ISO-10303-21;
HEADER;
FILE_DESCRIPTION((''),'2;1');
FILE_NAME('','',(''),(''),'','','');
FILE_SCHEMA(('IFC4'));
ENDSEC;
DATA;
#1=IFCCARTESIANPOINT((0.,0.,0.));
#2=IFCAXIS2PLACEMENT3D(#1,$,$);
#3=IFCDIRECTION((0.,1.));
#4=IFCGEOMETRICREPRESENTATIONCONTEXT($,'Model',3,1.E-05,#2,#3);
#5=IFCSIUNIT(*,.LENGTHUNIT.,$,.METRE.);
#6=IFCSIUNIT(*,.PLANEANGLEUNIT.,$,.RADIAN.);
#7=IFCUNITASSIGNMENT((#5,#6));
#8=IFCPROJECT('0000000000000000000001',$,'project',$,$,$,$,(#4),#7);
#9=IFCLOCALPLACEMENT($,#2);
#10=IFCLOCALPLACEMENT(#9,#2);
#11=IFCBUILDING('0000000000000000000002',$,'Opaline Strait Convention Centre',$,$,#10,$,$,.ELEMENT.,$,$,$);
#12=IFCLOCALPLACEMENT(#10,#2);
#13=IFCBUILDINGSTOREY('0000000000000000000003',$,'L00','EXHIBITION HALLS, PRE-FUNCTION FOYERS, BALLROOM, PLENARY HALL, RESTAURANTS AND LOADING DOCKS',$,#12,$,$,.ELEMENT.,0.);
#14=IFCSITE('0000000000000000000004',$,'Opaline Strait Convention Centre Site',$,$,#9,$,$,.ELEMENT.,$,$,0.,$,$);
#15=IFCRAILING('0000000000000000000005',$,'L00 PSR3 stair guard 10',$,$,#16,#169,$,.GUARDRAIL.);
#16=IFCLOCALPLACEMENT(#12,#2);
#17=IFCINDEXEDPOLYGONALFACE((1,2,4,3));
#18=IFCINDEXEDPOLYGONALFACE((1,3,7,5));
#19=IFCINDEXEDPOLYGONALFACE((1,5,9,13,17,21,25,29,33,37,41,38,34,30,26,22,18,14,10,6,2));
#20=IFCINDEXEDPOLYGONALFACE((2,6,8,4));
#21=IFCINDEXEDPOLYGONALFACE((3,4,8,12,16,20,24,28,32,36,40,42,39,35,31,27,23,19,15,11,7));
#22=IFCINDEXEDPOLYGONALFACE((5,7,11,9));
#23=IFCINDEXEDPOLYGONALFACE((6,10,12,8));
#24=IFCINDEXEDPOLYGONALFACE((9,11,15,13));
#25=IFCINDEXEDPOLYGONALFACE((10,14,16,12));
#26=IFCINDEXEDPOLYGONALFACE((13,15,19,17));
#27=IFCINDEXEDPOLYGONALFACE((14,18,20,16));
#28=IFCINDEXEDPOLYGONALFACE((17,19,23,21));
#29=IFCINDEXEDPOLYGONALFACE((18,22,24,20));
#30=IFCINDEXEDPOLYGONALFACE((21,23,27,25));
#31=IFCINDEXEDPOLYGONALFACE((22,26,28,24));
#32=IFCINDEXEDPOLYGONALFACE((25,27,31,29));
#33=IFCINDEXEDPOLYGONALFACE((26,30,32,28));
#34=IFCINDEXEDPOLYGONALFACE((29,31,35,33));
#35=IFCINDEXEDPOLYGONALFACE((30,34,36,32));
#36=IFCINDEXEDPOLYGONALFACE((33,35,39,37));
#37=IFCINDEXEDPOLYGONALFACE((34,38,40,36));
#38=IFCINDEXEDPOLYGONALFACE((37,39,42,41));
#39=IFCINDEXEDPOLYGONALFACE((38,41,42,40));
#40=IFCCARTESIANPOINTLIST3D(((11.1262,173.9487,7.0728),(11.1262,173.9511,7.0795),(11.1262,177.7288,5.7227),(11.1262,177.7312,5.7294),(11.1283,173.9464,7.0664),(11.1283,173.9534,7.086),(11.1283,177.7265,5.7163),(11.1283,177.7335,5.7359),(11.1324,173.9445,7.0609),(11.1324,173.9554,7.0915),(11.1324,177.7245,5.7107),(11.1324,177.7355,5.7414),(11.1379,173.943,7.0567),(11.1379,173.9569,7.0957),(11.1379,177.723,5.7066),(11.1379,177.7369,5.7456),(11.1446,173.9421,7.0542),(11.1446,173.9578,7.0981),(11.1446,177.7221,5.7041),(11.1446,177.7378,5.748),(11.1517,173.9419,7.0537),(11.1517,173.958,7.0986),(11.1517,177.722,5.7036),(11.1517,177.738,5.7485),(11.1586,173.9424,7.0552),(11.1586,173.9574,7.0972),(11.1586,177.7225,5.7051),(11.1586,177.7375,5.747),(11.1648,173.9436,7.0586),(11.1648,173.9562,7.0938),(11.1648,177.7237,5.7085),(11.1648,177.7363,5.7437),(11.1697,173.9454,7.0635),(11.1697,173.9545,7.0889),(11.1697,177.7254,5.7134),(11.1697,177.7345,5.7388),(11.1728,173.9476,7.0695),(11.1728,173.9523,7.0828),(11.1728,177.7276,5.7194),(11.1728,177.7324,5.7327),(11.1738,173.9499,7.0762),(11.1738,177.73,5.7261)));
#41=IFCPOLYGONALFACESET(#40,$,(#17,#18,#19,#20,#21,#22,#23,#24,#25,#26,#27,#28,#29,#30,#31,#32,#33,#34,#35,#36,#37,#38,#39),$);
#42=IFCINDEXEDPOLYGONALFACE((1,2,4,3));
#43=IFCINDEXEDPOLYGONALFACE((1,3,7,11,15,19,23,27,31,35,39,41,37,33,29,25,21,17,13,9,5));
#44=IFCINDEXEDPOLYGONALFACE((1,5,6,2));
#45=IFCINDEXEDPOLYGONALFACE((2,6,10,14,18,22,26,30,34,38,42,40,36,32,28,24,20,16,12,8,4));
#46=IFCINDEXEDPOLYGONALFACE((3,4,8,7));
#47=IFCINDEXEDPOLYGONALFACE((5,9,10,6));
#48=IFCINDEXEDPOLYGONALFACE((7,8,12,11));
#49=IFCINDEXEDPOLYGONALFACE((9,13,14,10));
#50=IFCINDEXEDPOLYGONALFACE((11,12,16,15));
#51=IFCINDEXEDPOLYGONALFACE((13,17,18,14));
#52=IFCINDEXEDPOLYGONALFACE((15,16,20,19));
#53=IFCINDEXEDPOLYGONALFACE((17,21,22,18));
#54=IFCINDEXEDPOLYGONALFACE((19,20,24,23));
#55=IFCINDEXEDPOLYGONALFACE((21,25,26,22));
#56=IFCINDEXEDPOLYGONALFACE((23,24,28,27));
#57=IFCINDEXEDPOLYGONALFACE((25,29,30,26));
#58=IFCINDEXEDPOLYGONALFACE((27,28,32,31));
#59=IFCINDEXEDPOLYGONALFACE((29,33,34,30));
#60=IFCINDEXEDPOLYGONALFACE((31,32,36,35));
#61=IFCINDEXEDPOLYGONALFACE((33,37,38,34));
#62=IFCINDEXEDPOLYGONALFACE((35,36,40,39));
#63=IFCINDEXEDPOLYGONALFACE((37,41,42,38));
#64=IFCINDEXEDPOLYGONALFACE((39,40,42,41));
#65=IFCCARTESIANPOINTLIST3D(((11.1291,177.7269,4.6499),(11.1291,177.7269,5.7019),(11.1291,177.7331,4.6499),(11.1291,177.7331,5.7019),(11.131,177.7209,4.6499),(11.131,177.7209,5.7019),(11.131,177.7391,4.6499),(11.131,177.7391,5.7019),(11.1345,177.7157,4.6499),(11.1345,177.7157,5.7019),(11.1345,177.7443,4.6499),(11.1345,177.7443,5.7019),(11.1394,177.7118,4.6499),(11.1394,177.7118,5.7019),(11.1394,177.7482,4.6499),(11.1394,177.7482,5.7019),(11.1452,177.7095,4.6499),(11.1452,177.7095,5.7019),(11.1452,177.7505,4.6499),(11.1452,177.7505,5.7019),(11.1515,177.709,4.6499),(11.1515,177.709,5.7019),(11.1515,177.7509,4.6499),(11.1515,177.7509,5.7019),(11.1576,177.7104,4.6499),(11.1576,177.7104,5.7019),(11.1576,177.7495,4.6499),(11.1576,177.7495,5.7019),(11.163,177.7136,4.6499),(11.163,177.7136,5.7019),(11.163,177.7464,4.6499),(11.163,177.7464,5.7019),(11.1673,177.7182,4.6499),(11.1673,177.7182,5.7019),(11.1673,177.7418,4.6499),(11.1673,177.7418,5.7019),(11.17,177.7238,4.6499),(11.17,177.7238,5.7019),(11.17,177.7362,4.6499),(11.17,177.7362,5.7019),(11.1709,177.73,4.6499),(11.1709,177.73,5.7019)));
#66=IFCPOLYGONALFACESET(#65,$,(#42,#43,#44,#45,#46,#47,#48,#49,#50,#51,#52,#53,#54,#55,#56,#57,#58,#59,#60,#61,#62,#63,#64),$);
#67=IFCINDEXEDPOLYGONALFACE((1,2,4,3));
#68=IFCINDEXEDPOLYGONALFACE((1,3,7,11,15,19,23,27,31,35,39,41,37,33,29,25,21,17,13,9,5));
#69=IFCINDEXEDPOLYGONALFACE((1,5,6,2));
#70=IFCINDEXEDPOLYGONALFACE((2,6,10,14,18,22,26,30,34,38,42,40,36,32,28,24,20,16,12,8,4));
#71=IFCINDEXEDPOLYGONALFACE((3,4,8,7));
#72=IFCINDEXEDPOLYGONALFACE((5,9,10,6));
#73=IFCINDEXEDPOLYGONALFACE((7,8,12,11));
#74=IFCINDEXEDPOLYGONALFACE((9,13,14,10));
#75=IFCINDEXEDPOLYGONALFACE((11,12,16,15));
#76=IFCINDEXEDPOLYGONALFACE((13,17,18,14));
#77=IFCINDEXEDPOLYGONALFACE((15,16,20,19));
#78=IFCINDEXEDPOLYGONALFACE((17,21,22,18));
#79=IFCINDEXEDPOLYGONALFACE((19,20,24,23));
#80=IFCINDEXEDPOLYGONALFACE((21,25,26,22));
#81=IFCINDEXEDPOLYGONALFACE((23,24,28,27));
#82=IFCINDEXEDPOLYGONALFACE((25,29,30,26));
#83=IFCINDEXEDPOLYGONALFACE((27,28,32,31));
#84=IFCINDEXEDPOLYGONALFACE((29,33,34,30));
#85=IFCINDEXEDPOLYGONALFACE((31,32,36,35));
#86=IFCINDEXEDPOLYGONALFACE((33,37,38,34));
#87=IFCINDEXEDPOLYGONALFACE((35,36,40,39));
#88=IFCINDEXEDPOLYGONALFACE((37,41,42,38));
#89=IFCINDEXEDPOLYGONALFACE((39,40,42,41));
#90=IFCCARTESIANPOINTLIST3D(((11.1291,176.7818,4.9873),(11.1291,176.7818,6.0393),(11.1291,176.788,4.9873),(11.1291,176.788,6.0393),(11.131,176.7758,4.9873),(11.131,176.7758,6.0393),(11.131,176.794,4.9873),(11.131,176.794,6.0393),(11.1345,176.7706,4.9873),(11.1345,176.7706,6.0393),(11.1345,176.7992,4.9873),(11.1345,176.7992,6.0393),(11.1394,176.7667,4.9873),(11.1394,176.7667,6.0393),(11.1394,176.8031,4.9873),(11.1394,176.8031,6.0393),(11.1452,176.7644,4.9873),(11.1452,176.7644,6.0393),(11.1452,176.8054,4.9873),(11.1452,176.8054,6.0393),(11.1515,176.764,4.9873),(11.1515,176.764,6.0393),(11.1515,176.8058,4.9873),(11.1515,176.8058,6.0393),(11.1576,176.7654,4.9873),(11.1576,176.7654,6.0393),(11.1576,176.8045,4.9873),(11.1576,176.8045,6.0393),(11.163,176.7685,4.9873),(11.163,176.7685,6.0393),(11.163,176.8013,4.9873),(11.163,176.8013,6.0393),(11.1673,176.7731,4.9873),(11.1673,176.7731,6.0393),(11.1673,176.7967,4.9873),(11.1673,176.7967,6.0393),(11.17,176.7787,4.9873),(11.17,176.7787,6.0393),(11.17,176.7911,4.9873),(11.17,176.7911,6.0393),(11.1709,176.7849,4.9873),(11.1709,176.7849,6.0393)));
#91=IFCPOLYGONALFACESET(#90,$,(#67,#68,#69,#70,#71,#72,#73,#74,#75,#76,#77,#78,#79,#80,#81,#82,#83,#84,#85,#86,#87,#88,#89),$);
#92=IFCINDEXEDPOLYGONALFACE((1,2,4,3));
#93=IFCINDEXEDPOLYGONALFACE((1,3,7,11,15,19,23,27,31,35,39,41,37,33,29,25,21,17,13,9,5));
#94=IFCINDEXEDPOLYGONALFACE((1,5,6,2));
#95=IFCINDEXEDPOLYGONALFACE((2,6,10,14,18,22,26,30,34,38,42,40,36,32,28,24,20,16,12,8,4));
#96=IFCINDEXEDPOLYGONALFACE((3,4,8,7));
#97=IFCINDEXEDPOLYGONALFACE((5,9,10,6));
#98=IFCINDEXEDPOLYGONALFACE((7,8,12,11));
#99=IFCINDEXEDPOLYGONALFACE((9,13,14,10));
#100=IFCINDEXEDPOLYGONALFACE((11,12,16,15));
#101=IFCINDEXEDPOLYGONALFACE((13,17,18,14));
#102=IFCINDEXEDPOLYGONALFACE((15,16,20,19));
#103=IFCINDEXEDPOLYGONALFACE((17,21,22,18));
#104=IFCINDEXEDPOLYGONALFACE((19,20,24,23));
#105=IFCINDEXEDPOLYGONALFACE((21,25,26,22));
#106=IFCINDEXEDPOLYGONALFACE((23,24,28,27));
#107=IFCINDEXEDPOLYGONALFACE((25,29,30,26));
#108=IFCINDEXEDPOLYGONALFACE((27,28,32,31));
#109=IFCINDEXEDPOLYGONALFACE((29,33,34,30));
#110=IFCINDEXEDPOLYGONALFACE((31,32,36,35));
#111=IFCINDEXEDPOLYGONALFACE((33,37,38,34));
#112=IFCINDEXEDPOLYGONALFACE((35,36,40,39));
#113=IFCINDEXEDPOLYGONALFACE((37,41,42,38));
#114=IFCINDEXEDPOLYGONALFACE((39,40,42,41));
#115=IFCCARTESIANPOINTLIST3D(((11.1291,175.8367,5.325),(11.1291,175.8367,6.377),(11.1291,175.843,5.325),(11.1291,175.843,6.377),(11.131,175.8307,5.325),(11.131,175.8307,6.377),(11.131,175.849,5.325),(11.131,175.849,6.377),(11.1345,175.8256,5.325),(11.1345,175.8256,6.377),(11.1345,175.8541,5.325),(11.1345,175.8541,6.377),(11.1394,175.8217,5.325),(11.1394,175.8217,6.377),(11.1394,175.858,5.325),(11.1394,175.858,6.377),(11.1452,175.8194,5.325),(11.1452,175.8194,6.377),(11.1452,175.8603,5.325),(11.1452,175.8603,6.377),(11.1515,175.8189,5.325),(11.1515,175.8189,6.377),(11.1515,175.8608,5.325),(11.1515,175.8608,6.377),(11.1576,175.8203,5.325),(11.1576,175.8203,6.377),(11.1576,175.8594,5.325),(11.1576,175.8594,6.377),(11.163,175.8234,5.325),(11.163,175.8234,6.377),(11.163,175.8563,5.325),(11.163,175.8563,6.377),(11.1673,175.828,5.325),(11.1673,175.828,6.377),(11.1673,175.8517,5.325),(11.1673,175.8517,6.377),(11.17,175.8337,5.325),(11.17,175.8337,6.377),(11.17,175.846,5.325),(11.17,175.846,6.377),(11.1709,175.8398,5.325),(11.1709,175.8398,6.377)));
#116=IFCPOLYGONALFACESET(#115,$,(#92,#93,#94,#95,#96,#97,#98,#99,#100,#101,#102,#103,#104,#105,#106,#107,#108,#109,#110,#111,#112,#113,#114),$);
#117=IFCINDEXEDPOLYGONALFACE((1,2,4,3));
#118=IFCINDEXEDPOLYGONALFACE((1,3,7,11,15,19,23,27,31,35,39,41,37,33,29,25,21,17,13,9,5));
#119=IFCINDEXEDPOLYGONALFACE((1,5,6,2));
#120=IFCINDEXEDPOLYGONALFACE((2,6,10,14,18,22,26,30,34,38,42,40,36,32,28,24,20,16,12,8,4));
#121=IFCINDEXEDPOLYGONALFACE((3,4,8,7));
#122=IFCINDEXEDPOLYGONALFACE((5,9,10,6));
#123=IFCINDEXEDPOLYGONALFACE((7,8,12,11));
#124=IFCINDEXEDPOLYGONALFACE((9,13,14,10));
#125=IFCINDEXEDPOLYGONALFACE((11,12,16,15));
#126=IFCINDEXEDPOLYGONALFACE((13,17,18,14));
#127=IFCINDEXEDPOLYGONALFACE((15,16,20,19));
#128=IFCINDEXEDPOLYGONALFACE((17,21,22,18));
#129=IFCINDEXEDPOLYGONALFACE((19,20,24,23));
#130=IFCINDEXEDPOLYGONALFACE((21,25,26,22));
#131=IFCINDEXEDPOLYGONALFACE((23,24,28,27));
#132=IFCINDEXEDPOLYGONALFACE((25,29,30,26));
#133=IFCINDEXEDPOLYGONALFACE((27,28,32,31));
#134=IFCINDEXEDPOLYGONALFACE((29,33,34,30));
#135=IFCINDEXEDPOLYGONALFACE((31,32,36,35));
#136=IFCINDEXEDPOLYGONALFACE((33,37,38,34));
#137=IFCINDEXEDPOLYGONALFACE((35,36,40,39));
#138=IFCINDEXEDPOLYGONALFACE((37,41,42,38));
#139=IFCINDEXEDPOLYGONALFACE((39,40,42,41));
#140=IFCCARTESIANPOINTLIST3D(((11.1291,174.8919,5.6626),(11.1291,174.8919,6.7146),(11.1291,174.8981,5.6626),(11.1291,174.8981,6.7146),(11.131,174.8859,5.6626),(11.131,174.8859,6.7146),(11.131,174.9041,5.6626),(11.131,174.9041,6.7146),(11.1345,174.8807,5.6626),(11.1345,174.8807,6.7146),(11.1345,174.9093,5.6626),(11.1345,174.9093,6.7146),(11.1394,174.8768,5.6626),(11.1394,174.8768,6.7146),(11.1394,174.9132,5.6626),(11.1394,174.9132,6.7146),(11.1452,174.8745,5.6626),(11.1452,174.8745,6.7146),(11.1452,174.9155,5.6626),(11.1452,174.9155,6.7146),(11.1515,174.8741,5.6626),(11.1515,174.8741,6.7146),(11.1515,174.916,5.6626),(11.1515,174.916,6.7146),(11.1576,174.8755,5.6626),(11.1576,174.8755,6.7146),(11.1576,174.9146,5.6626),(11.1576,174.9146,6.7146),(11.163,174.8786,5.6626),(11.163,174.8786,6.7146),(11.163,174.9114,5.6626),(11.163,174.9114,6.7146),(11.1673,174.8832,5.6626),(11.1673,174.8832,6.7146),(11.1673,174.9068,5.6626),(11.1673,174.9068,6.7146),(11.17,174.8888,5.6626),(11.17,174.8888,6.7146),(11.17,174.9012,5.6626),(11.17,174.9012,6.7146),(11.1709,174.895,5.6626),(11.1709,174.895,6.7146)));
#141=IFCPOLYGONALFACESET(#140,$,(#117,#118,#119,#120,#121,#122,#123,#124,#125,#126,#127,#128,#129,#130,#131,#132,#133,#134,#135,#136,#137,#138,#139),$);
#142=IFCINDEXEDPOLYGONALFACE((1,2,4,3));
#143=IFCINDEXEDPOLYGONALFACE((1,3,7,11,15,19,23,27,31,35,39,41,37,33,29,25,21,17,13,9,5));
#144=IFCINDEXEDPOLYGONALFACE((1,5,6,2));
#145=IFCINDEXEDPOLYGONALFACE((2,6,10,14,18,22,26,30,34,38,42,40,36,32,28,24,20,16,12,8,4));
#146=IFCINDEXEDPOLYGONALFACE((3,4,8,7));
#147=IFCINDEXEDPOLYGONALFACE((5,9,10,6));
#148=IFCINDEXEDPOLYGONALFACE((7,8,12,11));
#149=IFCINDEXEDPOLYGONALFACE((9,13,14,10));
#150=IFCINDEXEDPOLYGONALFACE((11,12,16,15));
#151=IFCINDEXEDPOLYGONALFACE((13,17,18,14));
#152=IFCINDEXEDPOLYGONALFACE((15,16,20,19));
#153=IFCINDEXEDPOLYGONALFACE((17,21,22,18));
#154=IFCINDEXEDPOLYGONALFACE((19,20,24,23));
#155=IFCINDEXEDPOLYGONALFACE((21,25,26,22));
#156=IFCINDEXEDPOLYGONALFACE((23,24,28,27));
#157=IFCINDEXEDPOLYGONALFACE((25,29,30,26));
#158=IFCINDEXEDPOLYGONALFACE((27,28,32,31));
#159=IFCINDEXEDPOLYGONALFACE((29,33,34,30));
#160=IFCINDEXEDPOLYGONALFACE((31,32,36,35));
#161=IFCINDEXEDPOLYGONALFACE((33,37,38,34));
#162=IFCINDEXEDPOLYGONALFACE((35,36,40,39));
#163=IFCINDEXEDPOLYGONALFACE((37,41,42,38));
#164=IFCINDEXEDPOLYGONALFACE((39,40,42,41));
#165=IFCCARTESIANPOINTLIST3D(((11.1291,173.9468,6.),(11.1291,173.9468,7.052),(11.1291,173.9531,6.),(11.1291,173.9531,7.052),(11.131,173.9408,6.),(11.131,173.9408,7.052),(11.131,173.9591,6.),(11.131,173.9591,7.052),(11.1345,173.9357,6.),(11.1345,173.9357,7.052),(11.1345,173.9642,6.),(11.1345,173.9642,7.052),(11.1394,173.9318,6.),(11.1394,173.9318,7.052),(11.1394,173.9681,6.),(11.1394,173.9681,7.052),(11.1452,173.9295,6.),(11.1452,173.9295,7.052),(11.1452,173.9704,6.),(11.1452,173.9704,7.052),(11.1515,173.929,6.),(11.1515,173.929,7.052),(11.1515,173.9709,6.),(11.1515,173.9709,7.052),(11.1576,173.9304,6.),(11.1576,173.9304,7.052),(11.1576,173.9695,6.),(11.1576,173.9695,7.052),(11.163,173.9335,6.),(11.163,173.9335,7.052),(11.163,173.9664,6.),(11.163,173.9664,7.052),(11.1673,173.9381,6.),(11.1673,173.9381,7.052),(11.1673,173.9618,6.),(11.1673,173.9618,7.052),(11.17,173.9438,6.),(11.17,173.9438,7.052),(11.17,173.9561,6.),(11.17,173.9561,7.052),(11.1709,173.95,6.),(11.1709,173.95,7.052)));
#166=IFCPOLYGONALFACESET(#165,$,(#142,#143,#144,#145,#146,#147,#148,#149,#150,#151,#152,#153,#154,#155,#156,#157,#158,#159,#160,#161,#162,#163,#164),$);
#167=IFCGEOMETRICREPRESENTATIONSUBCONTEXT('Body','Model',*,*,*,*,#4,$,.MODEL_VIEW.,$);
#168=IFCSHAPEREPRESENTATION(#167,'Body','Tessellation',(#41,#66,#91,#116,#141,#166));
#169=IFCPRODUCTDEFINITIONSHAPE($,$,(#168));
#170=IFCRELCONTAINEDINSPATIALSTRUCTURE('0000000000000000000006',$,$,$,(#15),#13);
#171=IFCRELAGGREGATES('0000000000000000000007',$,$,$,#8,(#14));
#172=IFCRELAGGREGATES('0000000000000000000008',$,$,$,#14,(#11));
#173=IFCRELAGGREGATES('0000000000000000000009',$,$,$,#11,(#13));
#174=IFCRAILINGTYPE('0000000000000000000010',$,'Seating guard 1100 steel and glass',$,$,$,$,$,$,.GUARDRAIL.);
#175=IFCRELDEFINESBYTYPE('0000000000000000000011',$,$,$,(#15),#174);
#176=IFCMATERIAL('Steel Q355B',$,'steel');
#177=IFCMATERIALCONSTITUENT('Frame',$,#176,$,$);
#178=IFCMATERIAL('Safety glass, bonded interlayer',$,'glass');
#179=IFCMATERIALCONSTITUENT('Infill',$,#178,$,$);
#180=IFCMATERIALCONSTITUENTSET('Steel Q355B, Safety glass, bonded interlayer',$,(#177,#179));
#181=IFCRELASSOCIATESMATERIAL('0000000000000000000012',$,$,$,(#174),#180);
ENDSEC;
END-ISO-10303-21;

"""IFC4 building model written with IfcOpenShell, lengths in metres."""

from ifc_helpers import new_model, si_unit, direction, frame, origin, origin_2d, place, context, subcontext, project, spatial, circle, extrude, material, constituent, constituent_set, type_object, element, save


model = new_model("IFC4")

# Units and contexts
model_context = context("Model", 3, precision=1e-05, world=origin(), true_north=direction((0.0, 1.0)))
body_context = subcontext(model_context, "Body", "Model", "MODEL_VIEW")
ifc_project = project(units=[si_unit("LENGTHUNIT", "METRE"), si_unit("PLANEANGLEUNIT", "RADIAN")], contexts=[model_context])

# Site, building, storey
site_placement = place(None, origin())
site = spatial("IfcSite", under=ifc_project, at=site_placement, Name="Opaline Strait Convention Centre Site", CompositionType="ELEMENT", RefElevation=0.0)
building_placement = place(site_placement, origin())
building = spatial("IfcBuilding", under=site, at=building_placement, Name="Opaline Strait Convention Centre", CompositionType="ELEMENT")
storey_placement = place(building_placement, origin())
storey = spatial("IfcBuildingStorey", under=building, at=storey_placement, Name="L00", Description="EXHIBITION HALLS, PRE-FUNCTION FOYERS, BALLROOM, PLENARY HALL, RESTAURANTS AND LOADING DOCKS", CompositionType="ELEMENT", Elevation=0.0)

# Railing
ifc_material_1 = material(Name="Steel Q355B", Category="steel")
ifc_constituent_1 = constituent(ifc_material_1, Name="Frame")
ifc_material_2 = material(Name="Safety glass, bonded interlayer", Category="glass")
ifc_constituent_2 = constituent(ifc_material_2, Name="Infill")
ifc_constituent_set = constituent_set(constituents=[ifc_constituent_1, ifc_constituent_2], Name="Steel Q355B, Safety glass, bonded interlayer")
railing_type_1 = type_object("IfcRailingType", Name="Seating guard 1100 steel and glass", PredefinedType="GUARDRAIL", material=ifc_constituent_set)
railing_1_placement = place(storey_placement, frame((11.1499, 177.73, 4.6499)))
element("IfcRailing", 1, at=railing_1_placement, inside=storey, type_object=railing_type_1, Name="L00 PSR3 stair guard 10", PredefinedType="GUARDRAIL", context=body_context, shape_type="SweptSolid", body=[
    extrude(circle(Radius=0.0239, at=origin_2d()), frame((0.0, 0.0, 1.0762), z_axis=(0.0, -0.941735, 0.336356), x_axis=(1.0, 0.0, 0.0)), (0.0, 0.0, 1.0), 4.0139),
    extrude(circle(Radius=0.021, at=origin_2d()), origin(), (0.0, 0.0, 1.0), 1.052),
    extrude(circle(Radius=0.021, at=origin_2d()), frame((0.0, -0.9451, 0.3374)), (0.0, 0.0, 1.0), 1.052),
    extrude(circle(Radius=0.021, at=origin_2d()), frame((0.0, -1.8901, 0.675)), (0.0, 0.0, 1.0), 1.052),
    extrude(circle(Radius=0.021, at=origin_2d()), frame((0.0, -2.835, 1.0127)), (0.0, 0.0, 1.0), 1.052),
    extrude(circle(Radius=0.021, at=origin_2d()), frame((0.0, -3.78, 1.3501)), (0.0, 0.0, 1.0), 1.052),
])

save(model, "model.ifc")
